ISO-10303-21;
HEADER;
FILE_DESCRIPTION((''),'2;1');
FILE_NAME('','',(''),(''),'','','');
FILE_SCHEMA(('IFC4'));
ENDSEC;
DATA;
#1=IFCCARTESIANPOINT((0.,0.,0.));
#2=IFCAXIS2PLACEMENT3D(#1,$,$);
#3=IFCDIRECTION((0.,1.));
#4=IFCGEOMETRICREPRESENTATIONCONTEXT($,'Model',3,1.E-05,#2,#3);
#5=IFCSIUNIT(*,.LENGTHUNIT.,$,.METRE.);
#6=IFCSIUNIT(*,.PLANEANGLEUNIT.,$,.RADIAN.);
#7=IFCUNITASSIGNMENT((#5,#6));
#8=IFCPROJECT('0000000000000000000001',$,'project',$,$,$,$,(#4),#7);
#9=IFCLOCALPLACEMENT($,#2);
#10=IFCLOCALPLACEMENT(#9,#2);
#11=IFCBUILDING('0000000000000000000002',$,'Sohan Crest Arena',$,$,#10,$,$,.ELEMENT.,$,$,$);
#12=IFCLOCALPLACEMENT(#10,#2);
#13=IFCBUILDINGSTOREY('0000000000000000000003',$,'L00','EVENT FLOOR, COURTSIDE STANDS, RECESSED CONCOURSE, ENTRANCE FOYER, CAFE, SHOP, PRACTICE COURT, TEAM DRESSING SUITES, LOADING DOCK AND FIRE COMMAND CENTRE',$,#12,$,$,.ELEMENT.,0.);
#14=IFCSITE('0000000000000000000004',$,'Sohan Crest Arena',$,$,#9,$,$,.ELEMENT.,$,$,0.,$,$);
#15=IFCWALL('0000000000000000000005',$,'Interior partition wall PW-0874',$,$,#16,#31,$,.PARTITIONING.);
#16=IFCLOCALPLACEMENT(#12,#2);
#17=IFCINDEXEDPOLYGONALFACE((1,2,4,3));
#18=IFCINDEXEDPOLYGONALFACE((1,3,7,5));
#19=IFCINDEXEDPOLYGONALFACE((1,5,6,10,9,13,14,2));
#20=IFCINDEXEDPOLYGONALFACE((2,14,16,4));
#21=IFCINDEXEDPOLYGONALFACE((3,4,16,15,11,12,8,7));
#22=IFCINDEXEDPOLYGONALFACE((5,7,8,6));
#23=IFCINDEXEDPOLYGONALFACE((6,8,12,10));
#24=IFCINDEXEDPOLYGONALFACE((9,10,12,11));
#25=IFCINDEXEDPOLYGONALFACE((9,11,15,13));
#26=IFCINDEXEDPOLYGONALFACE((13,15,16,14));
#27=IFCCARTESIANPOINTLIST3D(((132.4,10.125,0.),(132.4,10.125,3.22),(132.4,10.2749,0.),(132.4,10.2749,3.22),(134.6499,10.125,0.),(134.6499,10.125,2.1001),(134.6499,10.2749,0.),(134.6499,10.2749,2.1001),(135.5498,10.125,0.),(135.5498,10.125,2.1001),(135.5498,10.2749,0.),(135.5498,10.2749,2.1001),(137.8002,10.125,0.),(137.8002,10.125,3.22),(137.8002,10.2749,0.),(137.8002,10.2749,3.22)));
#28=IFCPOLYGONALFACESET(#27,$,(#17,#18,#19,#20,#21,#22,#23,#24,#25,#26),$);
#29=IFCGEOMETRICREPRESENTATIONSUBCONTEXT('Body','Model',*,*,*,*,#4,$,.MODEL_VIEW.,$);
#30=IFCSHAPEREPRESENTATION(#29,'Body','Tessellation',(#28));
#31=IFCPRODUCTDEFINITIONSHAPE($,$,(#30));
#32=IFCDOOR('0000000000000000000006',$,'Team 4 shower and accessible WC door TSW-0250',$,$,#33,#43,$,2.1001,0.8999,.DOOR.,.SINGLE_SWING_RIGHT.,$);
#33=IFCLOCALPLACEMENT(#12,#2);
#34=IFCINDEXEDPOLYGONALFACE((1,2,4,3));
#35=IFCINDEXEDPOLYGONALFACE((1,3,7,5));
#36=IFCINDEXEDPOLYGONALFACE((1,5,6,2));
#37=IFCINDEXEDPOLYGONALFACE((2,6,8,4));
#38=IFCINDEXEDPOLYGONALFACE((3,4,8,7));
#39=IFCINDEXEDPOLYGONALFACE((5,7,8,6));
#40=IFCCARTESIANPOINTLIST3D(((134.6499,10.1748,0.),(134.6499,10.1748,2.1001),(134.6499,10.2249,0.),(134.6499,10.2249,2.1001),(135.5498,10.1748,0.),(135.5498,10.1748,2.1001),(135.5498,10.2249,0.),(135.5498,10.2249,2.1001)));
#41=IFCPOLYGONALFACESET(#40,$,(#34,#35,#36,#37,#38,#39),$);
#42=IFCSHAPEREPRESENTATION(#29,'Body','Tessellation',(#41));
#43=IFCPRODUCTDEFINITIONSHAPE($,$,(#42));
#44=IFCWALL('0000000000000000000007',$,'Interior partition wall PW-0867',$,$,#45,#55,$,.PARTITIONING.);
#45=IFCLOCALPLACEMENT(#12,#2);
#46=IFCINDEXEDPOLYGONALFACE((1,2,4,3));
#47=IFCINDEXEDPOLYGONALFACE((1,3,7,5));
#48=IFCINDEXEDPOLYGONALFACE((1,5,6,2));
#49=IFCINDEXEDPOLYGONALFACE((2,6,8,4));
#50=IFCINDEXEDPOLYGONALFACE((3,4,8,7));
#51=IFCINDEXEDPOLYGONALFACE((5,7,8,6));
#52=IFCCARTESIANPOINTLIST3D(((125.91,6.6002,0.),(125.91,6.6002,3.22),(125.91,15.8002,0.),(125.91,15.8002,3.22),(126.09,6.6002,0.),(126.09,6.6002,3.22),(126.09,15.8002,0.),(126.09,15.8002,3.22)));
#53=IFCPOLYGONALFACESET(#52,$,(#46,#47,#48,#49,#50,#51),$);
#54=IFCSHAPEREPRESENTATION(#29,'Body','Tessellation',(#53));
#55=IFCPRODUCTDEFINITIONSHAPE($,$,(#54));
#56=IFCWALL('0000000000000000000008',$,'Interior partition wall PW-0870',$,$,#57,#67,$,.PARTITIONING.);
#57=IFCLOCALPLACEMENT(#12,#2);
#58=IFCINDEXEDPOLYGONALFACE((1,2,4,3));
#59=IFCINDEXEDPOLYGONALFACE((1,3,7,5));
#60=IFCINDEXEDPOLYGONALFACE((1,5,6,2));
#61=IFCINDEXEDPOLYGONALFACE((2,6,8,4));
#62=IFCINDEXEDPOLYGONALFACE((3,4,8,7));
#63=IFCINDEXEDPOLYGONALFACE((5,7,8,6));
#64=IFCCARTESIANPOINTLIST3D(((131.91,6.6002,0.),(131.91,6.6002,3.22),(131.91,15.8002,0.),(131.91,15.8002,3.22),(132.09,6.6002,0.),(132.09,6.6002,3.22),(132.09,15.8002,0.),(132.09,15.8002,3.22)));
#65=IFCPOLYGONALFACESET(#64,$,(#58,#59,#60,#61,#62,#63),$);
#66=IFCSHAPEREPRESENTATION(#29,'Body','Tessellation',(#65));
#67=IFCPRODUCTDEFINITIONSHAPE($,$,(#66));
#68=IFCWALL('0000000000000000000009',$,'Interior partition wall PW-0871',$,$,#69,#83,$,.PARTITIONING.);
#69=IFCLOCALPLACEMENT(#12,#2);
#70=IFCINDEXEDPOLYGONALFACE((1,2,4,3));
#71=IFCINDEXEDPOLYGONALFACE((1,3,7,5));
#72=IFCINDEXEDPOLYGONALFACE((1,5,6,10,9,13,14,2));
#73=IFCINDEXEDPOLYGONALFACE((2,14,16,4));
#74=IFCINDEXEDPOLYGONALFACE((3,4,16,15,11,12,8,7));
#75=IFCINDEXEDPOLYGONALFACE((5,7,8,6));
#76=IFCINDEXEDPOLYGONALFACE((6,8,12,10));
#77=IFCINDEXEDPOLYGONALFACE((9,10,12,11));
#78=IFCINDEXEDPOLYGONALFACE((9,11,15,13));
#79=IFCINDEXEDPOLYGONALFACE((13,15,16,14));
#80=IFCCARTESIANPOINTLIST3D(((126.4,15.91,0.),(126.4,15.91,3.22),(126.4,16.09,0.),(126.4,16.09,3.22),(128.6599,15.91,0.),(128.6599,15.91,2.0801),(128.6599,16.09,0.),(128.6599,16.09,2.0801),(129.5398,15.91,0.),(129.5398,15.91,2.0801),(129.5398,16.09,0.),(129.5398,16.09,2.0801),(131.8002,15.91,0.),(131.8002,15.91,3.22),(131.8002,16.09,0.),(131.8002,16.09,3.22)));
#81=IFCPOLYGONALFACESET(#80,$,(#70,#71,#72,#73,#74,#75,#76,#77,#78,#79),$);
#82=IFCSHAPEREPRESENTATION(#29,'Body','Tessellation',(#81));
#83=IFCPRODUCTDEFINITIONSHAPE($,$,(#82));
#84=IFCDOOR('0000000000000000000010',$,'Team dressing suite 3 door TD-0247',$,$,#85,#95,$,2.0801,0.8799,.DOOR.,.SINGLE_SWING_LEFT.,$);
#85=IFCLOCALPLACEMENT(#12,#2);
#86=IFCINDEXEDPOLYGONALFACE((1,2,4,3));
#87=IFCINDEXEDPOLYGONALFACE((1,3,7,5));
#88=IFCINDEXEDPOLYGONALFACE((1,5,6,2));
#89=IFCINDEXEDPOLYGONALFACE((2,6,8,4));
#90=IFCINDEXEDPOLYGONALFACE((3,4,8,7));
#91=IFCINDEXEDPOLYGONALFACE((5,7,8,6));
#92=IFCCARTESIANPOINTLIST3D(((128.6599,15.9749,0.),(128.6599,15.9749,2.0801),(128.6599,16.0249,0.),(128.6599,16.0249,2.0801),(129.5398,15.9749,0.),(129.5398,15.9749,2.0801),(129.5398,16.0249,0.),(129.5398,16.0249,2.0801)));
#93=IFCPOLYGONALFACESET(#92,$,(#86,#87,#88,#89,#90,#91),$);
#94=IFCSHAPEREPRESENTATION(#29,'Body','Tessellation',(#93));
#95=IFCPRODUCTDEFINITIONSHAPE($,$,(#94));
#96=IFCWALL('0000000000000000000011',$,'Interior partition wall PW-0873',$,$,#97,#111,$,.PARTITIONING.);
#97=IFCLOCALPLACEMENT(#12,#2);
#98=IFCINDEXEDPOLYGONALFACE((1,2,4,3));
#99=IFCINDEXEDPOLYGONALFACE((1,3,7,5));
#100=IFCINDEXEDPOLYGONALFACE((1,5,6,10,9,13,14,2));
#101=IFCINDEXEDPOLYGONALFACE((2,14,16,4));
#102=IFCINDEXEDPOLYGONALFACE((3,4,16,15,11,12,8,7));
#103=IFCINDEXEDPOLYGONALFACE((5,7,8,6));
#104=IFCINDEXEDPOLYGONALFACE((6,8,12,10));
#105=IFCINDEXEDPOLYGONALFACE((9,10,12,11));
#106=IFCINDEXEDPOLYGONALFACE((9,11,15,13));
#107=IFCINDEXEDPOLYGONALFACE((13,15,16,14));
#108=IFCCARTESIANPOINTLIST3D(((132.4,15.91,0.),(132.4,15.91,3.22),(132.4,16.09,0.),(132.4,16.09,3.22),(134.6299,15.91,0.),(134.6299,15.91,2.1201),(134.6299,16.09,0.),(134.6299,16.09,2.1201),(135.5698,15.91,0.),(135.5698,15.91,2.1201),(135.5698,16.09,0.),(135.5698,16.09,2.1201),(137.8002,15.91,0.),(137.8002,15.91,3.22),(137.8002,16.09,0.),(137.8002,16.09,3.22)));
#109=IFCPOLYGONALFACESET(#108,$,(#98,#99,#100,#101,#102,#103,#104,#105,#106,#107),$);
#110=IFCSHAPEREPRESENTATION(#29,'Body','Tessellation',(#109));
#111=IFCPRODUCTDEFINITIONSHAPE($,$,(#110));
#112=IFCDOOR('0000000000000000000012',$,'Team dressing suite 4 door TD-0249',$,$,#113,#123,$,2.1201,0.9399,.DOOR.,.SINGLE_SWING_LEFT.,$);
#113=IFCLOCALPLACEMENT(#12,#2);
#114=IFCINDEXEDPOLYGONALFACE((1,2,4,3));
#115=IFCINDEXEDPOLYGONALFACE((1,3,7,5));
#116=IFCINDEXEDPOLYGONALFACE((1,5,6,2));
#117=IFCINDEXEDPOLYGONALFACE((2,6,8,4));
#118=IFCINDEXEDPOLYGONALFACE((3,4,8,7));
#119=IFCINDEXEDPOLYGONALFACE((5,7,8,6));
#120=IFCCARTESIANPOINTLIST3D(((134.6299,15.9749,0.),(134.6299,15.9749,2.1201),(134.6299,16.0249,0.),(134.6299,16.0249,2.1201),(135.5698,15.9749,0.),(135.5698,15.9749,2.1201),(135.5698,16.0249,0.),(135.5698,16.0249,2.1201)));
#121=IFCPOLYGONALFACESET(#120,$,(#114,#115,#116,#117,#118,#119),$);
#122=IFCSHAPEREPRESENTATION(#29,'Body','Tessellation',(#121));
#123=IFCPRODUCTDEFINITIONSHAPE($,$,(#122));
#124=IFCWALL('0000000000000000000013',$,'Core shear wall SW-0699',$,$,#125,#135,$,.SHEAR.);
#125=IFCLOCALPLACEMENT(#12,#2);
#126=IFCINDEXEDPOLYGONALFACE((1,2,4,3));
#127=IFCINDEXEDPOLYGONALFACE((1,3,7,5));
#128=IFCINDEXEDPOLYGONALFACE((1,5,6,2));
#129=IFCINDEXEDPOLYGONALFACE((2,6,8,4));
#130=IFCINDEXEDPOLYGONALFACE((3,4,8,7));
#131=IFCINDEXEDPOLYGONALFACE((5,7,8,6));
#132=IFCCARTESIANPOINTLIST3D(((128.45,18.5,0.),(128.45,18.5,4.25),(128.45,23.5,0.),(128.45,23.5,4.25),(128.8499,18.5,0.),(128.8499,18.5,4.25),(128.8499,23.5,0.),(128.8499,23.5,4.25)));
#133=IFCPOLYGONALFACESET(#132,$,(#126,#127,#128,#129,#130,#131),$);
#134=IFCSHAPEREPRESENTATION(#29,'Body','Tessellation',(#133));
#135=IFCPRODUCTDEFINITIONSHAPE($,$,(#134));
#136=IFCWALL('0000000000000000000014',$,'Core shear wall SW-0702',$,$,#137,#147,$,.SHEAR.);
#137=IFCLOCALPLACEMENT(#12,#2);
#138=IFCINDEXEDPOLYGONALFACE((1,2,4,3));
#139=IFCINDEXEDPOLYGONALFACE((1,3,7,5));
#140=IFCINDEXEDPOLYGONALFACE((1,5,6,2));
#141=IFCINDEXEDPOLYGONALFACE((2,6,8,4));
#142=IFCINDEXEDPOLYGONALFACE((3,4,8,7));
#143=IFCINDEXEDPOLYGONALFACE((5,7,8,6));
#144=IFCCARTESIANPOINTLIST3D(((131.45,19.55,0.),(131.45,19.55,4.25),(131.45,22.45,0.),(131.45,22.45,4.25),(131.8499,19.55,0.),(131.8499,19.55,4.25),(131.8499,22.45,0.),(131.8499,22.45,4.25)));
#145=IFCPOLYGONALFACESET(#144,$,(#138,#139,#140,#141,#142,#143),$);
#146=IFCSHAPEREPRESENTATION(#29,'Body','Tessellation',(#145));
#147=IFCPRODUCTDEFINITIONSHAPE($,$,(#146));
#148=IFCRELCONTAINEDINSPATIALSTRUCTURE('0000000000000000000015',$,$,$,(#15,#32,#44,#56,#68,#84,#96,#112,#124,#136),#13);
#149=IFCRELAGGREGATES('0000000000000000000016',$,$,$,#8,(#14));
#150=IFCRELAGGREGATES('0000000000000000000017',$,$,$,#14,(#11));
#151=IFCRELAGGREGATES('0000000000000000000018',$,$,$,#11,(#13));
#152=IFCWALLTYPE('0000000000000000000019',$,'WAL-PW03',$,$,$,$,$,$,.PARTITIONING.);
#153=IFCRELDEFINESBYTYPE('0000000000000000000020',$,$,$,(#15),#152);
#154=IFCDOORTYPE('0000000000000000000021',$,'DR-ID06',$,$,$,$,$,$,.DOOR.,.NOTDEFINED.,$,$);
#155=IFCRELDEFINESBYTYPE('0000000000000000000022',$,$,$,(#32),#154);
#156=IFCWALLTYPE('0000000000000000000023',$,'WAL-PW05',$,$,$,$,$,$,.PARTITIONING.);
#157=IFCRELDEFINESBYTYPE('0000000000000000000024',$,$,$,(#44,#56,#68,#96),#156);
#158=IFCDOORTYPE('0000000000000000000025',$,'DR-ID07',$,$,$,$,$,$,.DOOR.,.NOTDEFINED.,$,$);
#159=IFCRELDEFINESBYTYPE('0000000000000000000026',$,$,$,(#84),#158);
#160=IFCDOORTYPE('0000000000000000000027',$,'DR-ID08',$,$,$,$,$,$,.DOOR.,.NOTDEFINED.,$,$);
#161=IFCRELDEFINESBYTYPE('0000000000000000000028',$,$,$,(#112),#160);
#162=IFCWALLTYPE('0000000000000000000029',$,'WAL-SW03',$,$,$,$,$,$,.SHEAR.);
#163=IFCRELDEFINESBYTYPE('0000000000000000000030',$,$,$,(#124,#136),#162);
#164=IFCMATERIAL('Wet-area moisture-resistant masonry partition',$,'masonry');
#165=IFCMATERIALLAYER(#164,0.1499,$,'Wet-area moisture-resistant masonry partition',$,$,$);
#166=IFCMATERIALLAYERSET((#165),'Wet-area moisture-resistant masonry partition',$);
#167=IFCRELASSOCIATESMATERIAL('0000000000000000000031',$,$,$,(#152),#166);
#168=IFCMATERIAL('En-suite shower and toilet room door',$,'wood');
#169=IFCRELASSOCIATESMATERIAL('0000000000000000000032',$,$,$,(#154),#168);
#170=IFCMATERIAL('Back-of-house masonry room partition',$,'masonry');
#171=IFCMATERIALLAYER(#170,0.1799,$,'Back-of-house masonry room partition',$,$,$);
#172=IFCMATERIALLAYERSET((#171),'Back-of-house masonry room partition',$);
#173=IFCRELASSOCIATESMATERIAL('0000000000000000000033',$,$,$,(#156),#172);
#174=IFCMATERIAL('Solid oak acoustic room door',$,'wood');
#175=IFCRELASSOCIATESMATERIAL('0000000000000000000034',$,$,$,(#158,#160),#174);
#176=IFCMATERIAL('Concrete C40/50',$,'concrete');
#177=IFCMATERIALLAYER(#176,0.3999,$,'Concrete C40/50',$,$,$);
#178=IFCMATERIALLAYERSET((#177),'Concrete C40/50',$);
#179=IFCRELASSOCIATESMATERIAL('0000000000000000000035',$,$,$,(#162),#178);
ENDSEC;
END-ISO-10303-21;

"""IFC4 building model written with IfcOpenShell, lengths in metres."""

from ifc_helpers import new_model, si_unit, direction, frame, frame_2d, origin, place, context, subcontext, project, spatial, rectangle, extrude, material, layer, layer_set, type_object, element, fill, save


model = new_model("IFC4")

# Units and contexts
model_context = context("Model", 3, precision=1e-05, world=origin(), true_north=direction((0.0, 1.0)))
body_context = subcontext(model_context, "Body", "Model", "MODEL_VIEW")
ifc_project = project(units=[si_unit("LENGTHUNIT", "METRE"), si_unit("PLANEANGLEUNIT", "RADIAN")], contexts=[model_context])

# Site, building, storey
site_placement = place(None, origin())
site = spatial("IfcSite", under=ifc_project, at=site_placement, Name="Sohan Crest Arena", CompositionType="ELEMENT", RefElevation=0.0)
building_placement = place(site_placement, origin())
building = spatial("IfcBuilding", under=site, at=building_placement, Name="Sohan Crest Arena", CompositionType="ELEMENT")
storey_placement = place(building_placement, origin())
storey = spatial("IfcBuildingStorey", under=building, at=storey_placement, Name="L00", Description="EVENT FLOOR, COURTSIDE STANDS, RECESSED CONCOURSE, ENTRANCE FOYER, CAFE, SHOP, PRACTICE COURT, TEAM DRESSING SUITES, LOADING DOCK AND FIRE COMMAND CENTRE", CompositionType="ELEMENT", Elevation=0.0)

# Wall, opening, door
ifc_material_1 = material(Name="Wet-area moisture-resistant masonry partition", Category="masonry")
ifc_layer_1 = layer(ifc_material_1, 0.1499, Name="Wet-area moisture-resistant masonry partition")
ifc_layer_set_1 = layer_set([ifc_layer_1], Name="Wet-area moisture-resistant masonry partition")
wall_type_1 = type_object("IfcWallType", Name="WAL-PW03", PredefinedType="PARTITIONING", material=ifc_layer_set_1)
ifc_material_2 = material(Name="En-suite shower and toilet room door", Category="wood")
door_type_1 = type_object("IfcDoorType", Name="DR-ID06", OperationType="NOTDEFINED", PredefinedType="DOOR", material=ifc_material_2)
wall_1_placement = place(storey_placement, frame((132.3999, 10.2, 0.0), z_axis=(0.0, 0.0, 1.0), x_axis=(1.0, 0.0, 0.0)))
wall_1 = element("IfcWall", 1, at=wall_1_placement, inside=storey, type_object=wall_type_1, Name="Interior partition wall PW-0874", PredefinedType="PARTITIONING", context=body_context, shape_type="SweptSolid", body=[
    extrude(rectangle(XDim=5.4001, YDim=0.1499, at=frame_2d((2.7002, 0.0))), origin(), (0.0, 0.0, 1.0), 3.22),
])
opening_1_placement = place(wall_1_placement, frame((2.25, 0.0, 0.0)))
opening_1 = element("IfcOpeningElement", 2, at=opening_1_placement, cuts=wall_1, PredefinedType="OPENING", context=body_context, shape_type="SweptSolid", body=[
    extrude(rectangle(XDim=0.8999, YDim=2.1001, at=frame_2d((0.45, 1.05))), frame((0.0, 0.085, 0.0), z_axis=(0.0, -1.0, 0.0), x_axis=(1.0, 0.0, 0.0)), (0.0, 0.0, 1.0), 0.1699),
])
door_1_placement = place(opening_1_placement, origin())
door_1 = element("IfcDoor", 3, at=door_1_placement, inside=storey, type_object=door_type_1, Name="Team 4 shower and accessible WC door TSW-0250", OperationType="SINGLE_SWING_RIGHT", OverallHeight=2.1001, OverallWidth=0.8999, PredefinedType="DOOR", context=body_context, shape_type="SweptSolid", body=[
    extrude(rectangle(XDim=0.8999, YDim=2.1001, at=frame_2d((0.45, 1.05))), frame((0.0, 0.0249, 0.0), z_axis=(0.0, -1.0, 0.0), x_axis=(1.0, 0.0, 0.0)), (0.0, 0.0, 1.0), 0.05),
])
fill(opening_1, door_1)

# Walls
ifc_material_3 = material(Name="Back-of-house masonry room partition", Category="masonry")
ifc_layer_2 = layer(ifc_material_3, 0.1799, Name="Back-of-house masonry room partition")
ifc_layer_set_2 = layer_set([ifc_layer_2], Name="Back-of-house masonry room partition")
wall_type_2 = type_object("IfcWallType", Name="WAL-PW05", PredefinedType="PARTITIONING", material=ifc_layer_set_2)
for number, where, z_axis, x_axis, name in (
    (4, (126.0, 6.6001, 0.0), (0.0, 0.0, 1.0), (0.0, 1.0, 0.0), "Interior partition wall PW-0867"),
    (5, (132.0, 6.6001, 0.0), (0.0, 0.0, 1.0), (0.0, 1.0, 0.0), "Interior partition wall PW-0870"),
):
    element("IfcWall", number, at=place(storey_placement, frame(where, z_axis=z_axis, x_axis=x_axis)), inside=storey, type_object=wall_type_2, Name=name, PredefinedType="PARTITIONING", context=body_context, shape_type="SweptSolid", body=[
        extrude(rectangle(XDim=9.2, YDim=0.1799, at=frame_2d((4.6001, 0.0))), origin(), (0.0, 0.0, 1.0), 3.22),
    ])

# Walls, openings, doors
wall_2_placement = place(storey_placement, frame((126.3999, 16.0, 0.0), z_axis=(0.0, 0.0, 1.0), x_axis=(1.0, 0.0, 0.0)))
wall_2 = element("IfcWall", 6, at=wall_2_placement, inside=storey, type_object=wall_type_2, Name="Interior partition wall PW-0871", PredefinedType="PARTITIONING", context=body_context, shape_type="SweptSolid", body=[
    extrude(rectangle(XDim=5.4001, YDim=0.1799, at=frame_2d((2.7002, 0.0))), origin(), (0.0, 0.0, 1.0), 3.22),
])
opening_2_placement = place(wall_2_placement, frame((2.26, 0.0, 0.0)))
opening_2 = element("IfcOpeningElement", 7, at=opening_2_placement, cuts=wall_2, PredefinedType="OPENING", context=body_context, shape_type="SweptSolid", body=[
    extrude(rectangle(XDim=0.8799, YDim=2.0801, at=frame_2d((0.4399, 1.04))), frame((0.0, 0.0999, 0.0), z_axis=(0.0, -1.0, 0.0), x_axis=(1.0, 0.0, 0.0)), (0.0, 0.0, 1.0), 0.2),
])
ifc_material_4 = material(Name="Solid oak acoustic room door", Category="wood")
door_type_2 = type_object("IfcDoorType", Name="DR-ID07", OperationType="NOTDEFINED", PredefinedType="DOOR", material=ifc_material_4)
door_2_placement = place(opening_2_placement, origin())
door_2 = element("IfcDoor", 8, at=door_2_placement, inside=storey, type_object=door_type_2, Name="Team dressing suite 3 door TD-0247", OperationType="SINGLE_SWING_LEFT", OverallHeight=2.0801, OverallWidth=0.8799, PredefinedType="DOOR", context=body_context, shape_type="SweptSolid", body=[
    extrude(rectangle(XDim=0.8799, YDim=2.0801, at=frame_2d((0.4399, 1.04))), frame((0.0, 0.0249, 0.0), z_axis=(0.0, -1.0, 0.0), x_axis=(1.0, 0.0, 0.0)), (0.0, 0.0, 1.0), 0.05),
])
fill(opening_2, door_2)
wall_3_placement = place(storey_placement, frame((132.3999, 16.0, 0.0), z_axis=(0.0, 0.0, 1.0), x_axis=(1.0, 0.0, 0.0)))
wall_3 = element("IfcWall", 9, at=wall_3_placement, inside=storey, type_object=wall_type_2, Name="Interior partition wall PW-0873", PredefinedType="PARTITIONING", context=body_context, shape_type="SweptSolid", body=[
    extrude(rectangle(XDim=5.4001, YDim=0.1799, at=frame_2d((2.7002, 0.0))), origin(), (0.0, 0.0, 1.0), 3.22),
])
opening_3_placement = place(wall_3_placement, frame((2.23, 0.0, 0.0)))
opening_3 = element("IfcOpeningElement", 10, at=opening_3_placement, cuts=wall_3, PredefinedType="OPENING", context=body_context, shape_type="SweptSolid", body=[
    extrude(rectangle(XDim=0.9399, YDim=2.1201, at=frame_2d((0.47, 1.0601))), frame((0.0, 0.0999, 0.0), z_axis=(0.0, -1.0, 0.0), x_axis=(1.0, 0.0, 0.0)), (0.0, 0.0, 1.0), 0.2),
])
door_type_3 = type_object("IfcDoorType", Name="DR-ID08", OperationType="NOTDEFINED", PredefinedType="DOOR", material=ifc_material_4)
door_3_placement = place(opening_3_placement, origin())
door_3 = element("IfcDoor", 11, at=door_3_placement, inside=storey, type_object=door_type_3, Name="Team dressing suite 4 door TD-0249", OperationType="SINGLE_SWING_LEFT", OverallHeight=2.1201, OverallWidth=0.9399, PredefinedType="DOOR", context=body_context, shape_type="SweptSolid", body=[
    extrude(rectangle(XDim=0.9399, YDim=2.1201, at=frame_2d((0.47, 1.0601))), frame((0.0, 0.0249, 0.0), z_axis=(0.0, -1.0, 0.0), x_axis=(1.0, 0.0, 0.0)), (0.0, 0.0, 1.0), 0.05),
])
fill(opening_3, door_3)

# Walls
ifc_material_5 = material(Name="Concrete C40/50", Category="concrete")
ifc_layer_3 = layer(ifc_material_5, 0.3999, Name="Concrete C40/50")
ifc_layer_set_3 = layer_set([ifc_layer_3], Name="Concrete C40/50")
wall_type_3 = type_object("IfcWallType", Name="WAL-SW03", PredefinedType="SHEAR", material=ifc_layer_set_3)
wall_4_placement = place(storey_placement, frame((128.6499, 18.5, 0.0), z_axis=(0.0, 0.0, 1.0), x_axis=(0.0, 1.0, 0.0)))
element("IfcWall", 12, at=wall_4_placement, inside=storey, type_object=wall_type_3, Name="Core shear wall SW-0699", PredefinedType="SHEAR", context=body_context, shape_type="SweptSolid", body=[
    extrude(rectangle(XDim=5.0, YDim=0.3999, at=frame_2d((2.5, 0.0))), origin(), (0.0, 0.0, 1.0), 4.25),
])
wall_5_placement = place(storey_placement, frame((131.6499, 19.55, 0.0), z_axis=(0.0, 0.0, 1.0), x_axis=(0.0, 1.0, 0.0)))
element("IfcWall", 13, at=wall_5_placement, inside=storey, type_object=wall_type_3, Name="Core shear wall SW-0702", PredefinedType="SHEAR", context=body_context, shape_type="SweptSolid", body=[
    extrude(rectangle(XDim=2.8999, YDim=0.3999, at=frame_2d((1.45, 0.0))), origin(), (0.0, 0.0, 1.0), 4.25),
])

save(model, "model.ifc")
